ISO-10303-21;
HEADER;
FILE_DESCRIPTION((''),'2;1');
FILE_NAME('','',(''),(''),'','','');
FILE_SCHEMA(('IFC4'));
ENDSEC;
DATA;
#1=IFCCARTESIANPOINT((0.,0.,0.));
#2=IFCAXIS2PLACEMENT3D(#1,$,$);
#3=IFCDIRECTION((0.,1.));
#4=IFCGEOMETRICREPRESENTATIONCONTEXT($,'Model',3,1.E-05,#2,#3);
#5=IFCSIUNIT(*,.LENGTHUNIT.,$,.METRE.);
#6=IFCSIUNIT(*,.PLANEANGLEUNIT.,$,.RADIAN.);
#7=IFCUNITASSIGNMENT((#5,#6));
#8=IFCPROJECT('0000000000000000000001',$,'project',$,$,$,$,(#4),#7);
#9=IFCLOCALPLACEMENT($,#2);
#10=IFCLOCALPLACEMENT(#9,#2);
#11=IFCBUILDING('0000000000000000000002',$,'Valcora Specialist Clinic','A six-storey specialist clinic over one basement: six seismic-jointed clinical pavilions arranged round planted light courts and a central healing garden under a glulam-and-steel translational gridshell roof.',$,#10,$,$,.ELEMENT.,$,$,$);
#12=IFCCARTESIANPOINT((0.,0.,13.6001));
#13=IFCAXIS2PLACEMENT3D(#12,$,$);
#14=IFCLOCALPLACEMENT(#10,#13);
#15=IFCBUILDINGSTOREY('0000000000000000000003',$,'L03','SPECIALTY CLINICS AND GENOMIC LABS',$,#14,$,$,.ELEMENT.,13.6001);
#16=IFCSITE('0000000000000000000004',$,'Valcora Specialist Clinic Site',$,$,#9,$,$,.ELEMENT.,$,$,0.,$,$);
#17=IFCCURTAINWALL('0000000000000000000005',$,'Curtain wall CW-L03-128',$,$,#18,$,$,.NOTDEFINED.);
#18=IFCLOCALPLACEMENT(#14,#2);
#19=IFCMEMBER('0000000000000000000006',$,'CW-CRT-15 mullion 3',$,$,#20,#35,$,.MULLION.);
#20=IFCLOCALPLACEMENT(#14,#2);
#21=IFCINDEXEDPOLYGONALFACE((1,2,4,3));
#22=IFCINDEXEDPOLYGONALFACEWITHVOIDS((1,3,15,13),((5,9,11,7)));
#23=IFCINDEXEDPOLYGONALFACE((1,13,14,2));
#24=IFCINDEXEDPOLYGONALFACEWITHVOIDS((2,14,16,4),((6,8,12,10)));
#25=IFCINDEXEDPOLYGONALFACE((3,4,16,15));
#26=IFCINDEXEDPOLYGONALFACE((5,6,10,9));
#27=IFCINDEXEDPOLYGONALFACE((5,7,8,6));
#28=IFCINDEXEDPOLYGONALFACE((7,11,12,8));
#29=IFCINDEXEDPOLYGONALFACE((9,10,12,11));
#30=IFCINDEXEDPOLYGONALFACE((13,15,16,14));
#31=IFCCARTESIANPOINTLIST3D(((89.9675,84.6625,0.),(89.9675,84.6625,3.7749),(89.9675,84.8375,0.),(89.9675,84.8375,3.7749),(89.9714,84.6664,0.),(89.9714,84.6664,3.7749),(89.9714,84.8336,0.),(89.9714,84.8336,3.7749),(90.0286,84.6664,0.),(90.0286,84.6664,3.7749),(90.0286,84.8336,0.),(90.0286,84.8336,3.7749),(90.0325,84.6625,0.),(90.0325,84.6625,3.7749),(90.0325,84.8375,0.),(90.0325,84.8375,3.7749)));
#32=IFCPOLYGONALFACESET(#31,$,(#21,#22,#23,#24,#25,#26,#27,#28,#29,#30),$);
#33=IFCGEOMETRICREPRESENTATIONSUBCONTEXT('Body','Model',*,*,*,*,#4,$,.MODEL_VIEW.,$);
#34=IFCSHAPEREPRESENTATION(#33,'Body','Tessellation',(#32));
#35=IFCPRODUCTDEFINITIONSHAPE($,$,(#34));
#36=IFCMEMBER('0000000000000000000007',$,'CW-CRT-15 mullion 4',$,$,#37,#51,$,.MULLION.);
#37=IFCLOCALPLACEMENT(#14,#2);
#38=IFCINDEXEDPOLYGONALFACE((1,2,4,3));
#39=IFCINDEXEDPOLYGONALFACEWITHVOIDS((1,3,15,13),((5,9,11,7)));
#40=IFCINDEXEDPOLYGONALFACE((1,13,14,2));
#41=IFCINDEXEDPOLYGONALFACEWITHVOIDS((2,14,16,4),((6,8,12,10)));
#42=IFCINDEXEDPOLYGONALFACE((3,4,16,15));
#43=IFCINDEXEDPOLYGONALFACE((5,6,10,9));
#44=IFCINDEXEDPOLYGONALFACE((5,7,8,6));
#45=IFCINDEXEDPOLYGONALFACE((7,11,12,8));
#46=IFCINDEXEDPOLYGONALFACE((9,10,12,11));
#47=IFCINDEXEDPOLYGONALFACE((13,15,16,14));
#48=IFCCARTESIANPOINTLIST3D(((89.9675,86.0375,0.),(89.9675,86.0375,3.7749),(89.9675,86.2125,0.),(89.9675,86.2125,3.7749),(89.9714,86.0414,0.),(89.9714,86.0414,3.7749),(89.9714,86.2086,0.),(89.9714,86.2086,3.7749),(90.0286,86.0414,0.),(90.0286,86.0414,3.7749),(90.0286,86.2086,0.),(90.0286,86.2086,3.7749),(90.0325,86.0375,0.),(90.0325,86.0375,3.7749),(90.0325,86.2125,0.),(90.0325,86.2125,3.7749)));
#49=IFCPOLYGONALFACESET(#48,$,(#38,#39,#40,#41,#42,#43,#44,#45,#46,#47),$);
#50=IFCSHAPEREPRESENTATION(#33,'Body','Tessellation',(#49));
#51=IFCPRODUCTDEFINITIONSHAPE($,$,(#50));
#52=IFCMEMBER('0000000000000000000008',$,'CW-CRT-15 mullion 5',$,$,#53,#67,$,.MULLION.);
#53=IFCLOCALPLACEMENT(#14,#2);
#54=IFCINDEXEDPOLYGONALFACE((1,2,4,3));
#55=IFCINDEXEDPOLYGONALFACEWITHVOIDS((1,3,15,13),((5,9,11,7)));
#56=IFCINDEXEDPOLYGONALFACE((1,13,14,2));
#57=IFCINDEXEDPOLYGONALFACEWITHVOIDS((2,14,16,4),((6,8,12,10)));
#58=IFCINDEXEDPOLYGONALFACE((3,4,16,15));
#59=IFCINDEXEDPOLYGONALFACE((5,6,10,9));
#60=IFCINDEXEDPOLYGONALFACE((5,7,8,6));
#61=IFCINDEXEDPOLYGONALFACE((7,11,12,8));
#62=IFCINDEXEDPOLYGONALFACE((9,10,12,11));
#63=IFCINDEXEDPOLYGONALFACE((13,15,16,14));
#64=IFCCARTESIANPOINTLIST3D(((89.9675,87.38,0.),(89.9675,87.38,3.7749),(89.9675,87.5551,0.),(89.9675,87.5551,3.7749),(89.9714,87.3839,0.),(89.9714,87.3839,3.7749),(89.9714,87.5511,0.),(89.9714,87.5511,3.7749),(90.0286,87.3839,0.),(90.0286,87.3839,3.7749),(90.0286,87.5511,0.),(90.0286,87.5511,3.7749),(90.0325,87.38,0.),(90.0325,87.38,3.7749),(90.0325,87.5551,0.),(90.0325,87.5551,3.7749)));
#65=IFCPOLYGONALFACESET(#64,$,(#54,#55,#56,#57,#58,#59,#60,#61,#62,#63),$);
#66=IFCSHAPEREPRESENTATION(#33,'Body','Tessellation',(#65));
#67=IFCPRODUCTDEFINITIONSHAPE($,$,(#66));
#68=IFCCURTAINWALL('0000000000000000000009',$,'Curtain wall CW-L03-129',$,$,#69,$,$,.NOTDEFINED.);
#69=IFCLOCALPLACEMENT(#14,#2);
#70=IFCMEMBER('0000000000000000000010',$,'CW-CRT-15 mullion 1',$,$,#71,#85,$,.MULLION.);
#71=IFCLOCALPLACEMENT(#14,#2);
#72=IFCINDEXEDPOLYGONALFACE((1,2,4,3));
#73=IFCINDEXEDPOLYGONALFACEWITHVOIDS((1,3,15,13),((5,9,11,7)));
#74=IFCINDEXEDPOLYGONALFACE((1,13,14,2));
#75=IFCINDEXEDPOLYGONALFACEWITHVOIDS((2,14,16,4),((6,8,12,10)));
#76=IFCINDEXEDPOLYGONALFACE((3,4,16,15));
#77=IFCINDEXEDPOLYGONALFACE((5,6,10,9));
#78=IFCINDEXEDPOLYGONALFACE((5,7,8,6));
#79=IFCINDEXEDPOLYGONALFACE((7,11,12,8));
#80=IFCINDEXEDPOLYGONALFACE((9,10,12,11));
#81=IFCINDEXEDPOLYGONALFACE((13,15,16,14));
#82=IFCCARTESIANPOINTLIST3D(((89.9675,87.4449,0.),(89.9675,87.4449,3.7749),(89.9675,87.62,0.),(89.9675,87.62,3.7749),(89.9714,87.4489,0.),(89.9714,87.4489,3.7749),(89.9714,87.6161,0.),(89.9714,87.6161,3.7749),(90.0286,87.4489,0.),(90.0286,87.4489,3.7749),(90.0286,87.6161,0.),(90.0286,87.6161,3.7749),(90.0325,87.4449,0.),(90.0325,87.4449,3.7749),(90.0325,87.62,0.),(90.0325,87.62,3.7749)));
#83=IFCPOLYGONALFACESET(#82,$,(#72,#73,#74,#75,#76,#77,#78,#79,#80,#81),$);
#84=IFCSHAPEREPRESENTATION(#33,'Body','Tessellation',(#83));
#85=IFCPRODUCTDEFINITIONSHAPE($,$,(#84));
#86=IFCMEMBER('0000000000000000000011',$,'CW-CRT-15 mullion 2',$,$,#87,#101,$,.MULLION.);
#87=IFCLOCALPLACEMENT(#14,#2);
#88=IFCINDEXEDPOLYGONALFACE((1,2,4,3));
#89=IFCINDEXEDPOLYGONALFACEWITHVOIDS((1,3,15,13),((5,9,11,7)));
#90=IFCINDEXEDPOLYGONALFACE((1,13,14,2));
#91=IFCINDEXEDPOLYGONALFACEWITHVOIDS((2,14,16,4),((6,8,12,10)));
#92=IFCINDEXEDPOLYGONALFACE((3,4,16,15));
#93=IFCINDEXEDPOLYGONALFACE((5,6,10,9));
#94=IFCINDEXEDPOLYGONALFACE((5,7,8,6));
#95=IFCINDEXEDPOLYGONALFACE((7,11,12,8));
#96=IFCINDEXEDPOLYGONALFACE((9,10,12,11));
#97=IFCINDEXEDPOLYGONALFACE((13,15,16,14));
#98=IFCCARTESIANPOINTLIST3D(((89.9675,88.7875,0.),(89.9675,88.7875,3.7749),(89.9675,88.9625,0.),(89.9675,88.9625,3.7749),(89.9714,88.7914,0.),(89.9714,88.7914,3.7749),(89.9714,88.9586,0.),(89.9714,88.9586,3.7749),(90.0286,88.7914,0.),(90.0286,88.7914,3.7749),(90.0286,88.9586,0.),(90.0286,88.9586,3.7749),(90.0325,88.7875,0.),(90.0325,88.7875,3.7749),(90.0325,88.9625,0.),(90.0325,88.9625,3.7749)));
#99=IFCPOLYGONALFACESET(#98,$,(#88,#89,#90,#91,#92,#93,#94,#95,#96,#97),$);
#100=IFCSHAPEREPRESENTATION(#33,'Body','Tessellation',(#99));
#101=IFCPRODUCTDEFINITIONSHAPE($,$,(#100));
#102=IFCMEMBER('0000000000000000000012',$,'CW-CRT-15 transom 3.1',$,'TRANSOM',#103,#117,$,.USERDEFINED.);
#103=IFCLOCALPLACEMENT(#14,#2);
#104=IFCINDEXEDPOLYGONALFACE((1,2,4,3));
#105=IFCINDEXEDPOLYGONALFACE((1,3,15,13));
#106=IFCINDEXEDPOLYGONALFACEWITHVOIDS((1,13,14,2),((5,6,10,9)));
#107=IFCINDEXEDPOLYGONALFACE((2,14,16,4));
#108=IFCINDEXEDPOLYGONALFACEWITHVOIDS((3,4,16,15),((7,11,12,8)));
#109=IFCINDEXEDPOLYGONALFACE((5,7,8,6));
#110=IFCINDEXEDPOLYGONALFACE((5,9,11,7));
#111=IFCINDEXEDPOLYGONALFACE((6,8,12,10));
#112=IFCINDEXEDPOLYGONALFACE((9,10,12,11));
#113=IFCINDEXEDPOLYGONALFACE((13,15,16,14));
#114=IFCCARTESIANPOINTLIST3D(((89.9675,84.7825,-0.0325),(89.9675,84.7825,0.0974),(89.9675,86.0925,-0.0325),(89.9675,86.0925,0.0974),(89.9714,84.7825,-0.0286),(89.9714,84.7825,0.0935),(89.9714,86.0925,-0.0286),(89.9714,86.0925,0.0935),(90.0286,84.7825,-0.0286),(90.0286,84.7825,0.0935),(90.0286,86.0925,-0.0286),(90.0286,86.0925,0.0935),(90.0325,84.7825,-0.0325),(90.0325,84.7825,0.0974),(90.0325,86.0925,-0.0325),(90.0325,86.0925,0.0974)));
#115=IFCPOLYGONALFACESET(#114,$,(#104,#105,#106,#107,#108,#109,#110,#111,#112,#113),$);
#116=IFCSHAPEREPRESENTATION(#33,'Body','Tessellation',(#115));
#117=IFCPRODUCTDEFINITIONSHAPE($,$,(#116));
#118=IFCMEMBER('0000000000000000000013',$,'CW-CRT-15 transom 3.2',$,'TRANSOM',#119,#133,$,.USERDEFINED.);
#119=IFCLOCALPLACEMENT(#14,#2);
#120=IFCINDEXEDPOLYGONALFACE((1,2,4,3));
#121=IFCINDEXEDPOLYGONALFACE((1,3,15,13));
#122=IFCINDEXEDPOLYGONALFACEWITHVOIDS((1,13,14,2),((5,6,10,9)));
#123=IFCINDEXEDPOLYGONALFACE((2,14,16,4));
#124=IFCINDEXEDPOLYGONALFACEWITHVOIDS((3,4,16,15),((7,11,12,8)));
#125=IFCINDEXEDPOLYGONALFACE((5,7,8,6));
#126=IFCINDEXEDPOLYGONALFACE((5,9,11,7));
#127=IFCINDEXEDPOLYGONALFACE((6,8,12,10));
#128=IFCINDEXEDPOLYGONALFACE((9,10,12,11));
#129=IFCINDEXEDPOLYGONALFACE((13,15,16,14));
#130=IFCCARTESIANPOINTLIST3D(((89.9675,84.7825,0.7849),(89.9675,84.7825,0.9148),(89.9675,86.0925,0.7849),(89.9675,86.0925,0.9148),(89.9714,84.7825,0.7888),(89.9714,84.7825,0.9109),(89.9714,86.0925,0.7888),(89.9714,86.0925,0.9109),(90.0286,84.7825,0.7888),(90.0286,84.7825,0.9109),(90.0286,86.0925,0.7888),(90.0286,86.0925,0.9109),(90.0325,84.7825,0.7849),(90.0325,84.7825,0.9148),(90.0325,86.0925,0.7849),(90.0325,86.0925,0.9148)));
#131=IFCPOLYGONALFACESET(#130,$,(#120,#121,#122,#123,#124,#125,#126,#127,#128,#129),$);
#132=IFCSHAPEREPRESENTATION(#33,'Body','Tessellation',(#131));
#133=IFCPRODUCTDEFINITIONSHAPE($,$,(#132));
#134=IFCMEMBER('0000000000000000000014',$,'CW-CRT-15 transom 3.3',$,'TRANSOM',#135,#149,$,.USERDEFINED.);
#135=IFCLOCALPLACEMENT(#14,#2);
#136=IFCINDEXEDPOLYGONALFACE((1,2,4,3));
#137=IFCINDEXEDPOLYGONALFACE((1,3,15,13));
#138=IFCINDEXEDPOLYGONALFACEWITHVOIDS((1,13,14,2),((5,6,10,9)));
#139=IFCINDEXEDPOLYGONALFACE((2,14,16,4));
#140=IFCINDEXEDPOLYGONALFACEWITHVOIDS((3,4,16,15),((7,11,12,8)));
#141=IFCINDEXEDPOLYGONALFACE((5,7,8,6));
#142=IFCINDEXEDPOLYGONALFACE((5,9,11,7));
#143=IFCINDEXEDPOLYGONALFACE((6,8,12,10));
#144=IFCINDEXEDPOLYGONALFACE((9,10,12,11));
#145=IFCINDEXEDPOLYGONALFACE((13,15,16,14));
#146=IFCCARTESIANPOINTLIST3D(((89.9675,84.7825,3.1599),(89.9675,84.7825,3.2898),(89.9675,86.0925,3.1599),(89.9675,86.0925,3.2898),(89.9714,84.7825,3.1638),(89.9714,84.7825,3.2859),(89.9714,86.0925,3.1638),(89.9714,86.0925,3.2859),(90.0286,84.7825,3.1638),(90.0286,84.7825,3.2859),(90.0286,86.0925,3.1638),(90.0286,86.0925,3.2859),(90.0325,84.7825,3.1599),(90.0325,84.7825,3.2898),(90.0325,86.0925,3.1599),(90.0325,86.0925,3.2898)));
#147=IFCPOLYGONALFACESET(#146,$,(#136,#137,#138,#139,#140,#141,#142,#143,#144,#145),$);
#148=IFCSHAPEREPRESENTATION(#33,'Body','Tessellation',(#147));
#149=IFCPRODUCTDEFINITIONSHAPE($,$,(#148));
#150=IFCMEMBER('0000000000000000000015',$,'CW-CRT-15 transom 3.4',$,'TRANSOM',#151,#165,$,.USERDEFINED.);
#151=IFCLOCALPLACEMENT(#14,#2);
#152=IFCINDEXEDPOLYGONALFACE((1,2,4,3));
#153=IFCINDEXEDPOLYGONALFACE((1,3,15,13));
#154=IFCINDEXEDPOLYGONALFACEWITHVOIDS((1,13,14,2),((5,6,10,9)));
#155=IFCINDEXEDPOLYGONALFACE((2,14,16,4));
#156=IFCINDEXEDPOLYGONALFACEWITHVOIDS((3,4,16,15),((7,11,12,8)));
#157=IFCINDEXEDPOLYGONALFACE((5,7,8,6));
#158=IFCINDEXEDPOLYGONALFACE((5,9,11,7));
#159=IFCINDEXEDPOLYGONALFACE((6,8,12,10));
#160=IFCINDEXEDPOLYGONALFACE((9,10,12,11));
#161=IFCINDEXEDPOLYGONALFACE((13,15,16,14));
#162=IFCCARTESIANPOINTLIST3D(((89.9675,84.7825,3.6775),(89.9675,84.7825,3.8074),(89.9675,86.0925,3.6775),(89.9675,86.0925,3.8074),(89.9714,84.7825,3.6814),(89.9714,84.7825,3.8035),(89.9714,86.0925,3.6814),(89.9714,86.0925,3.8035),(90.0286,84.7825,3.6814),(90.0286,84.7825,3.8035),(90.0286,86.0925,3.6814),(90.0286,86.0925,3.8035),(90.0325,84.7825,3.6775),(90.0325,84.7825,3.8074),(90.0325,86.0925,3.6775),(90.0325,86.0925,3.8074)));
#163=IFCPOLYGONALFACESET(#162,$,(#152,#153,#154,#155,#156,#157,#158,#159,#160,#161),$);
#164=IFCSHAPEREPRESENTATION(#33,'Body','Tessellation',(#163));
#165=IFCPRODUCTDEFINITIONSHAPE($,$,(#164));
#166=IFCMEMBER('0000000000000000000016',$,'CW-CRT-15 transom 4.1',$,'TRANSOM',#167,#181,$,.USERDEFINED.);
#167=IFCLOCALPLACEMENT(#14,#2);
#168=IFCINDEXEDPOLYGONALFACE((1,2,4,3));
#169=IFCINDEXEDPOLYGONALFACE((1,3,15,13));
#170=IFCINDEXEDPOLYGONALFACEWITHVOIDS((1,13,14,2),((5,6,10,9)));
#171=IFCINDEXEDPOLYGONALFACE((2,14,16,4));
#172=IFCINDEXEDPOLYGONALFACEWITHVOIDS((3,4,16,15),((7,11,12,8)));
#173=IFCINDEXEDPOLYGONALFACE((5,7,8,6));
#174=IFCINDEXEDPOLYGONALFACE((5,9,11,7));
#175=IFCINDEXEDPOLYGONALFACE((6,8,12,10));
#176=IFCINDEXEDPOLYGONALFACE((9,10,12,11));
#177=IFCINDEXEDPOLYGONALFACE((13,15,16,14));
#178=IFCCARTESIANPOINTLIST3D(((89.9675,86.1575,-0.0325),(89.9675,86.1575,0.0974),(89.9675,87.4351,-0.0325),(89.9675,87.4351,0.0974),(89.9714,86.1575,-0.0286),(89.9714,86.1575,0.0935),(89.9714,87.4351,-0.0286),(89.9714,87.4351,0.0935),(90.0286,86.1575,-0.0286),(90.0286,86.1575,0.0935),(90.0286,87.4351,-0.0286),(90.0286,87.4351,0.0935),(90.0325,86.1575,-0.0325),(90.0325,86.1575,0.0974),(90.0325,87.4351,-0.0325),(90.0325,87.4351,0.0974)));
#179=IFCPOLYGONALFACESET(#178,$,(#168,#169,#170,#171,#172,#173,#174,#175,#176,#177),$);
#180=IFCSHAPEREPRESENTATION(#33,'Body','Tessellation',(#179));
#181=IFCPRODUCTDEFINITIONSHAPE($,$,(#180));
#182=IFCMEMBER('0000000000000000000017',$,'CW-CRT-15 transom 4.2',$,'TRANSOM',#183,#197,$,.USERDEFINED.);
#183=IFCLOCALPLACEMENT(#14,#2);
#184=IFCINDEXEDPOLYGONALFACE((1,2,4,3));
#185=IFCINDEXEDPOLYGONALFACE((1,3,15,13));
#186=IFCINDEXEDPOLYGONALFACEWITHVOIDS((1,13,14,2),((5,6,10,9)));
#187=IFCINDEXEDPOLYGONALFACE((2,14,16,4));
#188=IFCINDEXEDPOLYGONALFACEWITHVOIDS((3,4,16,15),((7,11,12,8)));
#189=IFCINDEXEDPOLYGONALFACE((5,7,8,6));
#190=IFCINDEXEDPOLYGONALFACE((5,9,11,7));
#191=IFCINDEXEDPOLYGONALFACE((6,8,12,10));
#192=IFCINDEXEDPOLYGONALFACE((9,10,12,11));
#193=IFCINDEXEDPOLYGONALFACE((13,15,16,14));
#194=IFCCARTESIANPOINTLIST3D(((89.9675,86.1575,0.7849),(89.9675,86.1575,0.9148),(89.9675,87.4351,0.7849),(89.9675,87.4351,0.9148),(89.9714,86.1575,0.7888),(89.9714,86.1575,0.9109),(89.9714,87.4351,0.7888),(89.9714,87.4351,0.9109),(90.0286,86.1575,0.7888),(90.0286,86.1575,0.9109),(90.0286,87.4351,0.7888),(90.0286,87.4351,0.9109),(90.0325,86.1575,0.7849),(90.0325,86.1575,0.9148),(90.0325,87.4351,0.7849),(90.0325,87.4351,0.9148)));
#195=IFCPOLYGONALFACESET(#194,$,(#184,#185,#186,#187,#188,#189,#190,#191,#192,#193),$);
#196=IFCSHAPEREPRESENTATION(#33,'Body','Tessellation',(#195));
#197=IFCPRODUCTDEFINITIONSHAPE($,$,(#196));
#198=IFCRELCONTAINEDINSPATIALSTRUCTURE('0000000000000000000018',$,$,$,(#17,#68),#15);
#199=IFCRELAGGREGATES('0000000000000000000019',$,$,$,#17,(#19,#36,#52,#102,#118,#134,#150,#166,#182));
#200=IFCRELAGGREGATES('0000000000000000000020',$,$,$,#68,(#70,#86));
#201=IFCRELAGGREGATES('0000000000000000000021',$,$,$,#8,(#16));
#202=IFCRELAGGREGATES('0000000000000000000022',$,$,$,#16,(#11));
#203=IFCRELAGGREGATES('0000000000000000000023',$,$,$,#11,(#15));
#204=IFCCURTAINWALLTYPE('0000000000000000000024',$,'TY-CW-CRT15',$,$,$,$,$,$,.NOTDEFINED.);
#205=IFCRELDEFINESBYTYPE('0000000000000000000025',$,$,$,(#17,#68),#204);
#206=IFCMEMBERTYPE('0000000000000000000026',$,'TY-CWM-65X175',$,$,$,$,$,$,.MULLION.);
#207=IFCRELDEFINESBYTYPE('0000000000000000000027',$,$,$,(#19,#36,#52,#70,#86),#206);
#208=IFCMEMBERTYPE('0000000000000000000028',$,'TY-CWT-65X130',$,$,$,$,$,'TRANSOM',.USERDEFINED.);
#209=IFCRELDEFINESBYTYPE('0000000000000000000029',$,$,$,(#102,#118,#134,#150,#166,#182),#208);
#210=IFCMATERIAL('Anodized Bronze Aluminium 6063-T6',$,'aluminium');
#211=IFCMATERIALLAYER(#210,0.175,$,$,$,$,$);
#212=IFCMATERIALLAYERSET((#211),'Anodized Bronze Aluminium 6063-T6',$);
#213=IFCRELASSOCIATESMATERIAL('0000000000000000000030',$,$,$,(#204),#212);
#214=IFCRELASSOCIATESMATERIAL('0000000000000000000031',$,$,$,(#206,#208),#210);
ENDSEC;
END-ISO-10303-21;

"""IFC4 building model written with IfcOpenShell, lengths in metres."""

from ifc_helpers import new_model, si_unit, direction, frame, origin, origin_2d, place, context, subcontext, project, spatial, hollow_rectangle, extrude, material, layer, layer_set, material_profile, profile_set, type_object, element, aggregate, save


model = new_model("IFC4")

# Units and contexts
model_context = context("Model", 3, precision=1e-05, world=origin(), true_north=direction((0.0, 1.0)))
body_context = subcontext(model_context, "Body", "Model", "MODEL_VIEW")
ifc_project = project(units=[si_unit("LENGTHUNIT", "METRE"), si_unit("PLANEANGLEUNIT", "RADIAN")], contexts=[model_context])

# Site, building, storey
site_placement = place(None, origin())
site = spatial("IfcSite", under=ifc_project, at=site_placement, Name="Valcora Specialist Clinic Site", CompositionType="ELEMENT", RefElevation=0.0)
building_placement = place(site_placement, origin())
building = spatial("IfcBuilding", under=site, at=building_placement, Name="Valcora Specialist Clinic", Description="A six-storey specialist clinic over one basement: six seismic-jointed clinical pavilions arranged round planted light courts and a central healing garden under a glulam-and-steel translational gridshell roof.", CompositionType="ELEMENT")
storey_placement = place(building_placement, frame((0.0, 0.0, 13.6001)))
storey = spatial("IfcBuildingStorey", under=building, at=storey_placement, Name="L03", Description="SPECIALTY CLINICS AND GENOMIC LABS", CompositionType="ELEMENT", Elevation=13.6001)

# Curtain walls, members
ifc_material_1 = material(Name="Anodized Bronze Aluminium 6063-T6", Category="aluminium")
ifc_layer_1 = layer(ifc_material_1, 0.175)
ifc_layer_set_1 = layer_set([ifc_layer_1], Name="Anodized Bronze Aluminium 6063-T6")
curtain_wall_type = type_object("IfcCurtainWallType", Name="TY-CW-CRT15", PredefinedType="NOTDEFINED", material=ifc_layer_set_1)
curtain_wall_1_placement = place(storey_placement, origin())
curtain_wall_1 = element("IfcCurtainWall", 1, at=curtain_wall_1_placement, inside=storey, type_object=curtain_wall_type, Name="Curtain wall CW-L03-128", PredefinedType="NOTDEFINED")
ifc_material_profile_1 = material_profile(ifc_material_1, hollow_rectangle(XDim=0.0649, YDim=0.175, WallThickness=0.0039, at=origin_2d()), Name="AL-MUL-65X175")
ifc_profile_set_1 = profile_set([ifc_material_profile_1], Name="Anodized Bronze Aluminium 6063-T6")
member_type_1 = type_object("IfcMemberType", Name="TY-CWM-65X175", PredefinedType="MULLION", material=ifc_profile_set_1)
member_1_placement = place(storey_placement, frame((90.0, 84.75, 0.0), z_axis=(0.0, 0.0, 1.0), x_axis=(-1.0, 0.0, 0.0)))
member_1 = element("IfcMember", 2, at=member_1_placement, type_object=member_type_1, Name="CW-CRT-15 mullion 3", PredefinedType="MULLION", context=body_context, shape_type="SweptSolid", body=[
    extrude(hollow_rectangle(XDim=0.0649, YDim=0.175, WallThickness=0.0039, at=origin_2d()), origin(), (0.0, 0.0, 1.0), 3.7749),
])
member_2_placement = place(storey_placement, frame((90.0, 86.125, 0.0), z_axis=(0.0, 0.0, 1.0), x_axis=(-1.0, 0.0, 0.0)))
member_2 = element("IfcMember", 3, at=member_2_placement, type_object=member_type_1, Name="CW-CRT-15 mullion 4", PredefinedType="MULLION", context=body_context, shape_type="SweptSolid", body=[
    extrude(hollow_rectangle(XDim=0.0649, YDim=0.175, WallThickness=0.0039, at=origin_2d()), origin(), (0.0, 0.0, 1.0), 3.7749),
])
member_3_placement = place(storey_placement, frame((90.0, 87.4675, 0.0), z_axis=(0.0, 0.0, 1.0), x_axis=(-1.0, 0.0, 0.0)))
member_3 = element("IfcMember", 4, at=member_3_placement, type_object=member_type_1, Name="CW-CRT-15 mullion 5", PredefinedType="MULLION", context=body_context, shape_type="SweptSolid", body=[
    extrude(hollow_rectangle(XDim=0.0649, YDim=0.175, WallThickness=0.0039, at=origin_2d()), origin(), (0.0, 0.0, 1.0), 3.7749),
])
curtain_wall_2_placement = place(storey_placement, origin())
curtain_wall_2 = element("IfcCurtainWall", 5, at=curtain_wall_2_placement, inside=storey, type_object=curtain_wall_type, Name="Curtain wall CW-L03-129", PredefinedType="NOTDEFINED")
member_4_placement = place(storey_placement, frame((90.0, 87.5325, 0.0), z_axis=(0.0, 0.0, 1.0), x_axis=(-1.0, 0.0, 0.0)))
member_4 = element("IfcMember", 6, at=member_4_placement, type_object=member_type_1, Name="CW-CRT-15 mullion 1", PredefinedType="MULLION", context=body_context, shape_type="SweptSolid", body=[
    extrude(hollow_rectangle(XDim=0.0649, YDim=0.175, WallThickness=0.0039, at=origin_2d()), origin(), (0.0, 0.0, 1.0), 3.7749),
])
member_5_placement = place(storey_placement, frame((90.0, 88.875, 0.0), z_axis=(0.0, 0.0, 1.0), x_axis=(-1.0, 0.0, 0.0)))
member_5 = element("IfcMember", 7, at=member_5_placement, type_object=member_type_1, Name="CW-CRT-15 mullion 2", PredefinedType="MULLION", context=body_context, shape_type="SweptSolid", body=[
    extrude(hollow_rectangle(XDim=0.0649, YDim=0.175, WallThickness=0.0039, at=origin_2d()), origin(), (0.0, 0.0, 1.0), 3.7749),
])

# Members
ifc_material_profile_2 = material_profile(ifc_material_1, hollow_rectangle(XDim=0.0649, YDim=0.1299, WallThickness=0.0039, at=origin_2d()), Name="AL-TRN-65X130")
ifc_profile_set_2 = profile_set([ifc_material_profile_2], Name="Anodized Bronze Aluminium 6063-T6")
member_type_2 = type_object("IfcMemberType", Name="TY-CWT-65X130", ElementType="TRANSOM", PredefinedType="USERDEFINED", material=ifc_profile_set_2)
member_6_placement = place(storey_placement, frame((90.0, 84.7825, 0.0325), z_axis=(0.0, 1.0, 0.0), x_axis=(-1.0, 0.0, 0.0)))
member_6 = element("IfcMember", 8, at=member_6_placement, type_object=member_type_2, Name="CW-CRT-15 transom 3.1", ObjectType="TRANSOM", PredefinedType="USERDEFINED", context=body_context, shape_type="SweptSolid", body=[
    extrude(hollow_rectangle(XDim=0.0649, YDim=0.1299, WallThickness=0.0039, at=origin_2d()), origin(), (0.0, 0.0, 1.0), 1.3101),
])
member_7_placement = place(storey_placement, frame((90.0, 84.7825, 0.8499), z_axis=(0.0, 1.0, 0.0), x_axis=(-1.0, 0.0, 0.0)))
member_7 = element("IfcMember", 9, at=member_7_placement, type_object=member_type_2, Name="CW-CRT-15 transom 3.2", ObjectType="TRANSOM", PredefinedType="USERDEFINED", context=body_context, shape_type="SweptSolid", body=[
    extrude(hollow_rectangle(XDim=0.0649, YDim=0.1299, WallThickness=0.0039, at=origin_2d()), origin(), (0.0, 0.0, 1.0), 1.3101),
])
member_8_placement = place(storey_placement, frame((90.0, 84.7825, 3.2249), z_axis=(0.0, 1.0, 0.0), x_axis=(-1.0, 0.0, 0.0)))
member_8 = element("IfcMember", 10, at=member_8_placement, type_object=member_type_2, Name="CW-CRT-15 transom 3.3", ObjectType="TRANSOM", PredefinedType="USERDEFINED", context=body_context, shape_type="SweptSolid", body=[
    extrude(hollow_rectangle(XDim=0.0649, YDim=0.1299, WallThickness=0.0039, at=origin_2d()), origin(), (0.0, 0.0, 1.0), 1.3101),
])
member_9_placement = place(storey_placement, frame((90.0, 84.7825, 3.7424), z_axis=(0.0, 1.0, 0.0), x_axis=(-1.0, 0.0, 0.0)))
member_9 = element("IfcMember", 11, at=member_9_placement, type_object=member_type_2, Name="CW-CRT-15 transom 3.4", ObjectType="TRANSOM", PredefinedType="USERDEFINED", context=body_context, shape_type="SweptSolid", body=[
    extrude(hollow_rectangle(XDim=0.0649, YDim=0.1299, WallThickness=0.0039, at=origin_2d()), origin(), (0.0, 0.0, 1.0), 1.3101),
])
member_10_placement = place(storey_placement, frame((90.0, 86.1575, 0.0325), z_axis=(0.0, 1.0, 0.0), x_axis=(-1.0, 0.0, 0.0)))
member_10 = element("IfcMember", 12, at=member_10_placement, type_object=member_type_2, Name="CW-CRT-15 transom 4.1", ObjectType="TRANSOM", PredefinedType="USERDEFINED", context=body_context, shape_type="SweptSolid", body=[
    extrude(hollow_rectangle(XDim=0.0649, YDim=0.1299, WallThickness=0.0039, at=origin_2d()), origin(), (0.0, 0.0, 1.0), 1.2776),
])
member_11_placement = place(storey_placement, frame((90.0, 86.1575, 0.8499), z_axis=(0.0, 1.0, 0.0), x_axis=(-1.0, 0.0, 0.0)))
member_11 = element("IfcMember", 13, at=member_11_placement, type_object=member_type_2, Name="CW-CRT-15 transom 4.2", ObjectType="TRANSOM", PredefinedType="USERDEFINED", context=body_context, shape_type="SweptSolid", body=[
    extrude(hollow_rectangle(XDim=0.0649, YDim=0.1299, WallThickness=0.0039, at=origin_2d()), origin(), (0.0, 0.0, 1.0), 1.2776),
])

aggregate(curtain_wall_1, [member_1, member_2, member_3, member_6, member_7, member_8, member_9, member_10, member_11])
aggregate(curtain_wall_2, [member_4, member_5])

save(model, "model.ifc")
